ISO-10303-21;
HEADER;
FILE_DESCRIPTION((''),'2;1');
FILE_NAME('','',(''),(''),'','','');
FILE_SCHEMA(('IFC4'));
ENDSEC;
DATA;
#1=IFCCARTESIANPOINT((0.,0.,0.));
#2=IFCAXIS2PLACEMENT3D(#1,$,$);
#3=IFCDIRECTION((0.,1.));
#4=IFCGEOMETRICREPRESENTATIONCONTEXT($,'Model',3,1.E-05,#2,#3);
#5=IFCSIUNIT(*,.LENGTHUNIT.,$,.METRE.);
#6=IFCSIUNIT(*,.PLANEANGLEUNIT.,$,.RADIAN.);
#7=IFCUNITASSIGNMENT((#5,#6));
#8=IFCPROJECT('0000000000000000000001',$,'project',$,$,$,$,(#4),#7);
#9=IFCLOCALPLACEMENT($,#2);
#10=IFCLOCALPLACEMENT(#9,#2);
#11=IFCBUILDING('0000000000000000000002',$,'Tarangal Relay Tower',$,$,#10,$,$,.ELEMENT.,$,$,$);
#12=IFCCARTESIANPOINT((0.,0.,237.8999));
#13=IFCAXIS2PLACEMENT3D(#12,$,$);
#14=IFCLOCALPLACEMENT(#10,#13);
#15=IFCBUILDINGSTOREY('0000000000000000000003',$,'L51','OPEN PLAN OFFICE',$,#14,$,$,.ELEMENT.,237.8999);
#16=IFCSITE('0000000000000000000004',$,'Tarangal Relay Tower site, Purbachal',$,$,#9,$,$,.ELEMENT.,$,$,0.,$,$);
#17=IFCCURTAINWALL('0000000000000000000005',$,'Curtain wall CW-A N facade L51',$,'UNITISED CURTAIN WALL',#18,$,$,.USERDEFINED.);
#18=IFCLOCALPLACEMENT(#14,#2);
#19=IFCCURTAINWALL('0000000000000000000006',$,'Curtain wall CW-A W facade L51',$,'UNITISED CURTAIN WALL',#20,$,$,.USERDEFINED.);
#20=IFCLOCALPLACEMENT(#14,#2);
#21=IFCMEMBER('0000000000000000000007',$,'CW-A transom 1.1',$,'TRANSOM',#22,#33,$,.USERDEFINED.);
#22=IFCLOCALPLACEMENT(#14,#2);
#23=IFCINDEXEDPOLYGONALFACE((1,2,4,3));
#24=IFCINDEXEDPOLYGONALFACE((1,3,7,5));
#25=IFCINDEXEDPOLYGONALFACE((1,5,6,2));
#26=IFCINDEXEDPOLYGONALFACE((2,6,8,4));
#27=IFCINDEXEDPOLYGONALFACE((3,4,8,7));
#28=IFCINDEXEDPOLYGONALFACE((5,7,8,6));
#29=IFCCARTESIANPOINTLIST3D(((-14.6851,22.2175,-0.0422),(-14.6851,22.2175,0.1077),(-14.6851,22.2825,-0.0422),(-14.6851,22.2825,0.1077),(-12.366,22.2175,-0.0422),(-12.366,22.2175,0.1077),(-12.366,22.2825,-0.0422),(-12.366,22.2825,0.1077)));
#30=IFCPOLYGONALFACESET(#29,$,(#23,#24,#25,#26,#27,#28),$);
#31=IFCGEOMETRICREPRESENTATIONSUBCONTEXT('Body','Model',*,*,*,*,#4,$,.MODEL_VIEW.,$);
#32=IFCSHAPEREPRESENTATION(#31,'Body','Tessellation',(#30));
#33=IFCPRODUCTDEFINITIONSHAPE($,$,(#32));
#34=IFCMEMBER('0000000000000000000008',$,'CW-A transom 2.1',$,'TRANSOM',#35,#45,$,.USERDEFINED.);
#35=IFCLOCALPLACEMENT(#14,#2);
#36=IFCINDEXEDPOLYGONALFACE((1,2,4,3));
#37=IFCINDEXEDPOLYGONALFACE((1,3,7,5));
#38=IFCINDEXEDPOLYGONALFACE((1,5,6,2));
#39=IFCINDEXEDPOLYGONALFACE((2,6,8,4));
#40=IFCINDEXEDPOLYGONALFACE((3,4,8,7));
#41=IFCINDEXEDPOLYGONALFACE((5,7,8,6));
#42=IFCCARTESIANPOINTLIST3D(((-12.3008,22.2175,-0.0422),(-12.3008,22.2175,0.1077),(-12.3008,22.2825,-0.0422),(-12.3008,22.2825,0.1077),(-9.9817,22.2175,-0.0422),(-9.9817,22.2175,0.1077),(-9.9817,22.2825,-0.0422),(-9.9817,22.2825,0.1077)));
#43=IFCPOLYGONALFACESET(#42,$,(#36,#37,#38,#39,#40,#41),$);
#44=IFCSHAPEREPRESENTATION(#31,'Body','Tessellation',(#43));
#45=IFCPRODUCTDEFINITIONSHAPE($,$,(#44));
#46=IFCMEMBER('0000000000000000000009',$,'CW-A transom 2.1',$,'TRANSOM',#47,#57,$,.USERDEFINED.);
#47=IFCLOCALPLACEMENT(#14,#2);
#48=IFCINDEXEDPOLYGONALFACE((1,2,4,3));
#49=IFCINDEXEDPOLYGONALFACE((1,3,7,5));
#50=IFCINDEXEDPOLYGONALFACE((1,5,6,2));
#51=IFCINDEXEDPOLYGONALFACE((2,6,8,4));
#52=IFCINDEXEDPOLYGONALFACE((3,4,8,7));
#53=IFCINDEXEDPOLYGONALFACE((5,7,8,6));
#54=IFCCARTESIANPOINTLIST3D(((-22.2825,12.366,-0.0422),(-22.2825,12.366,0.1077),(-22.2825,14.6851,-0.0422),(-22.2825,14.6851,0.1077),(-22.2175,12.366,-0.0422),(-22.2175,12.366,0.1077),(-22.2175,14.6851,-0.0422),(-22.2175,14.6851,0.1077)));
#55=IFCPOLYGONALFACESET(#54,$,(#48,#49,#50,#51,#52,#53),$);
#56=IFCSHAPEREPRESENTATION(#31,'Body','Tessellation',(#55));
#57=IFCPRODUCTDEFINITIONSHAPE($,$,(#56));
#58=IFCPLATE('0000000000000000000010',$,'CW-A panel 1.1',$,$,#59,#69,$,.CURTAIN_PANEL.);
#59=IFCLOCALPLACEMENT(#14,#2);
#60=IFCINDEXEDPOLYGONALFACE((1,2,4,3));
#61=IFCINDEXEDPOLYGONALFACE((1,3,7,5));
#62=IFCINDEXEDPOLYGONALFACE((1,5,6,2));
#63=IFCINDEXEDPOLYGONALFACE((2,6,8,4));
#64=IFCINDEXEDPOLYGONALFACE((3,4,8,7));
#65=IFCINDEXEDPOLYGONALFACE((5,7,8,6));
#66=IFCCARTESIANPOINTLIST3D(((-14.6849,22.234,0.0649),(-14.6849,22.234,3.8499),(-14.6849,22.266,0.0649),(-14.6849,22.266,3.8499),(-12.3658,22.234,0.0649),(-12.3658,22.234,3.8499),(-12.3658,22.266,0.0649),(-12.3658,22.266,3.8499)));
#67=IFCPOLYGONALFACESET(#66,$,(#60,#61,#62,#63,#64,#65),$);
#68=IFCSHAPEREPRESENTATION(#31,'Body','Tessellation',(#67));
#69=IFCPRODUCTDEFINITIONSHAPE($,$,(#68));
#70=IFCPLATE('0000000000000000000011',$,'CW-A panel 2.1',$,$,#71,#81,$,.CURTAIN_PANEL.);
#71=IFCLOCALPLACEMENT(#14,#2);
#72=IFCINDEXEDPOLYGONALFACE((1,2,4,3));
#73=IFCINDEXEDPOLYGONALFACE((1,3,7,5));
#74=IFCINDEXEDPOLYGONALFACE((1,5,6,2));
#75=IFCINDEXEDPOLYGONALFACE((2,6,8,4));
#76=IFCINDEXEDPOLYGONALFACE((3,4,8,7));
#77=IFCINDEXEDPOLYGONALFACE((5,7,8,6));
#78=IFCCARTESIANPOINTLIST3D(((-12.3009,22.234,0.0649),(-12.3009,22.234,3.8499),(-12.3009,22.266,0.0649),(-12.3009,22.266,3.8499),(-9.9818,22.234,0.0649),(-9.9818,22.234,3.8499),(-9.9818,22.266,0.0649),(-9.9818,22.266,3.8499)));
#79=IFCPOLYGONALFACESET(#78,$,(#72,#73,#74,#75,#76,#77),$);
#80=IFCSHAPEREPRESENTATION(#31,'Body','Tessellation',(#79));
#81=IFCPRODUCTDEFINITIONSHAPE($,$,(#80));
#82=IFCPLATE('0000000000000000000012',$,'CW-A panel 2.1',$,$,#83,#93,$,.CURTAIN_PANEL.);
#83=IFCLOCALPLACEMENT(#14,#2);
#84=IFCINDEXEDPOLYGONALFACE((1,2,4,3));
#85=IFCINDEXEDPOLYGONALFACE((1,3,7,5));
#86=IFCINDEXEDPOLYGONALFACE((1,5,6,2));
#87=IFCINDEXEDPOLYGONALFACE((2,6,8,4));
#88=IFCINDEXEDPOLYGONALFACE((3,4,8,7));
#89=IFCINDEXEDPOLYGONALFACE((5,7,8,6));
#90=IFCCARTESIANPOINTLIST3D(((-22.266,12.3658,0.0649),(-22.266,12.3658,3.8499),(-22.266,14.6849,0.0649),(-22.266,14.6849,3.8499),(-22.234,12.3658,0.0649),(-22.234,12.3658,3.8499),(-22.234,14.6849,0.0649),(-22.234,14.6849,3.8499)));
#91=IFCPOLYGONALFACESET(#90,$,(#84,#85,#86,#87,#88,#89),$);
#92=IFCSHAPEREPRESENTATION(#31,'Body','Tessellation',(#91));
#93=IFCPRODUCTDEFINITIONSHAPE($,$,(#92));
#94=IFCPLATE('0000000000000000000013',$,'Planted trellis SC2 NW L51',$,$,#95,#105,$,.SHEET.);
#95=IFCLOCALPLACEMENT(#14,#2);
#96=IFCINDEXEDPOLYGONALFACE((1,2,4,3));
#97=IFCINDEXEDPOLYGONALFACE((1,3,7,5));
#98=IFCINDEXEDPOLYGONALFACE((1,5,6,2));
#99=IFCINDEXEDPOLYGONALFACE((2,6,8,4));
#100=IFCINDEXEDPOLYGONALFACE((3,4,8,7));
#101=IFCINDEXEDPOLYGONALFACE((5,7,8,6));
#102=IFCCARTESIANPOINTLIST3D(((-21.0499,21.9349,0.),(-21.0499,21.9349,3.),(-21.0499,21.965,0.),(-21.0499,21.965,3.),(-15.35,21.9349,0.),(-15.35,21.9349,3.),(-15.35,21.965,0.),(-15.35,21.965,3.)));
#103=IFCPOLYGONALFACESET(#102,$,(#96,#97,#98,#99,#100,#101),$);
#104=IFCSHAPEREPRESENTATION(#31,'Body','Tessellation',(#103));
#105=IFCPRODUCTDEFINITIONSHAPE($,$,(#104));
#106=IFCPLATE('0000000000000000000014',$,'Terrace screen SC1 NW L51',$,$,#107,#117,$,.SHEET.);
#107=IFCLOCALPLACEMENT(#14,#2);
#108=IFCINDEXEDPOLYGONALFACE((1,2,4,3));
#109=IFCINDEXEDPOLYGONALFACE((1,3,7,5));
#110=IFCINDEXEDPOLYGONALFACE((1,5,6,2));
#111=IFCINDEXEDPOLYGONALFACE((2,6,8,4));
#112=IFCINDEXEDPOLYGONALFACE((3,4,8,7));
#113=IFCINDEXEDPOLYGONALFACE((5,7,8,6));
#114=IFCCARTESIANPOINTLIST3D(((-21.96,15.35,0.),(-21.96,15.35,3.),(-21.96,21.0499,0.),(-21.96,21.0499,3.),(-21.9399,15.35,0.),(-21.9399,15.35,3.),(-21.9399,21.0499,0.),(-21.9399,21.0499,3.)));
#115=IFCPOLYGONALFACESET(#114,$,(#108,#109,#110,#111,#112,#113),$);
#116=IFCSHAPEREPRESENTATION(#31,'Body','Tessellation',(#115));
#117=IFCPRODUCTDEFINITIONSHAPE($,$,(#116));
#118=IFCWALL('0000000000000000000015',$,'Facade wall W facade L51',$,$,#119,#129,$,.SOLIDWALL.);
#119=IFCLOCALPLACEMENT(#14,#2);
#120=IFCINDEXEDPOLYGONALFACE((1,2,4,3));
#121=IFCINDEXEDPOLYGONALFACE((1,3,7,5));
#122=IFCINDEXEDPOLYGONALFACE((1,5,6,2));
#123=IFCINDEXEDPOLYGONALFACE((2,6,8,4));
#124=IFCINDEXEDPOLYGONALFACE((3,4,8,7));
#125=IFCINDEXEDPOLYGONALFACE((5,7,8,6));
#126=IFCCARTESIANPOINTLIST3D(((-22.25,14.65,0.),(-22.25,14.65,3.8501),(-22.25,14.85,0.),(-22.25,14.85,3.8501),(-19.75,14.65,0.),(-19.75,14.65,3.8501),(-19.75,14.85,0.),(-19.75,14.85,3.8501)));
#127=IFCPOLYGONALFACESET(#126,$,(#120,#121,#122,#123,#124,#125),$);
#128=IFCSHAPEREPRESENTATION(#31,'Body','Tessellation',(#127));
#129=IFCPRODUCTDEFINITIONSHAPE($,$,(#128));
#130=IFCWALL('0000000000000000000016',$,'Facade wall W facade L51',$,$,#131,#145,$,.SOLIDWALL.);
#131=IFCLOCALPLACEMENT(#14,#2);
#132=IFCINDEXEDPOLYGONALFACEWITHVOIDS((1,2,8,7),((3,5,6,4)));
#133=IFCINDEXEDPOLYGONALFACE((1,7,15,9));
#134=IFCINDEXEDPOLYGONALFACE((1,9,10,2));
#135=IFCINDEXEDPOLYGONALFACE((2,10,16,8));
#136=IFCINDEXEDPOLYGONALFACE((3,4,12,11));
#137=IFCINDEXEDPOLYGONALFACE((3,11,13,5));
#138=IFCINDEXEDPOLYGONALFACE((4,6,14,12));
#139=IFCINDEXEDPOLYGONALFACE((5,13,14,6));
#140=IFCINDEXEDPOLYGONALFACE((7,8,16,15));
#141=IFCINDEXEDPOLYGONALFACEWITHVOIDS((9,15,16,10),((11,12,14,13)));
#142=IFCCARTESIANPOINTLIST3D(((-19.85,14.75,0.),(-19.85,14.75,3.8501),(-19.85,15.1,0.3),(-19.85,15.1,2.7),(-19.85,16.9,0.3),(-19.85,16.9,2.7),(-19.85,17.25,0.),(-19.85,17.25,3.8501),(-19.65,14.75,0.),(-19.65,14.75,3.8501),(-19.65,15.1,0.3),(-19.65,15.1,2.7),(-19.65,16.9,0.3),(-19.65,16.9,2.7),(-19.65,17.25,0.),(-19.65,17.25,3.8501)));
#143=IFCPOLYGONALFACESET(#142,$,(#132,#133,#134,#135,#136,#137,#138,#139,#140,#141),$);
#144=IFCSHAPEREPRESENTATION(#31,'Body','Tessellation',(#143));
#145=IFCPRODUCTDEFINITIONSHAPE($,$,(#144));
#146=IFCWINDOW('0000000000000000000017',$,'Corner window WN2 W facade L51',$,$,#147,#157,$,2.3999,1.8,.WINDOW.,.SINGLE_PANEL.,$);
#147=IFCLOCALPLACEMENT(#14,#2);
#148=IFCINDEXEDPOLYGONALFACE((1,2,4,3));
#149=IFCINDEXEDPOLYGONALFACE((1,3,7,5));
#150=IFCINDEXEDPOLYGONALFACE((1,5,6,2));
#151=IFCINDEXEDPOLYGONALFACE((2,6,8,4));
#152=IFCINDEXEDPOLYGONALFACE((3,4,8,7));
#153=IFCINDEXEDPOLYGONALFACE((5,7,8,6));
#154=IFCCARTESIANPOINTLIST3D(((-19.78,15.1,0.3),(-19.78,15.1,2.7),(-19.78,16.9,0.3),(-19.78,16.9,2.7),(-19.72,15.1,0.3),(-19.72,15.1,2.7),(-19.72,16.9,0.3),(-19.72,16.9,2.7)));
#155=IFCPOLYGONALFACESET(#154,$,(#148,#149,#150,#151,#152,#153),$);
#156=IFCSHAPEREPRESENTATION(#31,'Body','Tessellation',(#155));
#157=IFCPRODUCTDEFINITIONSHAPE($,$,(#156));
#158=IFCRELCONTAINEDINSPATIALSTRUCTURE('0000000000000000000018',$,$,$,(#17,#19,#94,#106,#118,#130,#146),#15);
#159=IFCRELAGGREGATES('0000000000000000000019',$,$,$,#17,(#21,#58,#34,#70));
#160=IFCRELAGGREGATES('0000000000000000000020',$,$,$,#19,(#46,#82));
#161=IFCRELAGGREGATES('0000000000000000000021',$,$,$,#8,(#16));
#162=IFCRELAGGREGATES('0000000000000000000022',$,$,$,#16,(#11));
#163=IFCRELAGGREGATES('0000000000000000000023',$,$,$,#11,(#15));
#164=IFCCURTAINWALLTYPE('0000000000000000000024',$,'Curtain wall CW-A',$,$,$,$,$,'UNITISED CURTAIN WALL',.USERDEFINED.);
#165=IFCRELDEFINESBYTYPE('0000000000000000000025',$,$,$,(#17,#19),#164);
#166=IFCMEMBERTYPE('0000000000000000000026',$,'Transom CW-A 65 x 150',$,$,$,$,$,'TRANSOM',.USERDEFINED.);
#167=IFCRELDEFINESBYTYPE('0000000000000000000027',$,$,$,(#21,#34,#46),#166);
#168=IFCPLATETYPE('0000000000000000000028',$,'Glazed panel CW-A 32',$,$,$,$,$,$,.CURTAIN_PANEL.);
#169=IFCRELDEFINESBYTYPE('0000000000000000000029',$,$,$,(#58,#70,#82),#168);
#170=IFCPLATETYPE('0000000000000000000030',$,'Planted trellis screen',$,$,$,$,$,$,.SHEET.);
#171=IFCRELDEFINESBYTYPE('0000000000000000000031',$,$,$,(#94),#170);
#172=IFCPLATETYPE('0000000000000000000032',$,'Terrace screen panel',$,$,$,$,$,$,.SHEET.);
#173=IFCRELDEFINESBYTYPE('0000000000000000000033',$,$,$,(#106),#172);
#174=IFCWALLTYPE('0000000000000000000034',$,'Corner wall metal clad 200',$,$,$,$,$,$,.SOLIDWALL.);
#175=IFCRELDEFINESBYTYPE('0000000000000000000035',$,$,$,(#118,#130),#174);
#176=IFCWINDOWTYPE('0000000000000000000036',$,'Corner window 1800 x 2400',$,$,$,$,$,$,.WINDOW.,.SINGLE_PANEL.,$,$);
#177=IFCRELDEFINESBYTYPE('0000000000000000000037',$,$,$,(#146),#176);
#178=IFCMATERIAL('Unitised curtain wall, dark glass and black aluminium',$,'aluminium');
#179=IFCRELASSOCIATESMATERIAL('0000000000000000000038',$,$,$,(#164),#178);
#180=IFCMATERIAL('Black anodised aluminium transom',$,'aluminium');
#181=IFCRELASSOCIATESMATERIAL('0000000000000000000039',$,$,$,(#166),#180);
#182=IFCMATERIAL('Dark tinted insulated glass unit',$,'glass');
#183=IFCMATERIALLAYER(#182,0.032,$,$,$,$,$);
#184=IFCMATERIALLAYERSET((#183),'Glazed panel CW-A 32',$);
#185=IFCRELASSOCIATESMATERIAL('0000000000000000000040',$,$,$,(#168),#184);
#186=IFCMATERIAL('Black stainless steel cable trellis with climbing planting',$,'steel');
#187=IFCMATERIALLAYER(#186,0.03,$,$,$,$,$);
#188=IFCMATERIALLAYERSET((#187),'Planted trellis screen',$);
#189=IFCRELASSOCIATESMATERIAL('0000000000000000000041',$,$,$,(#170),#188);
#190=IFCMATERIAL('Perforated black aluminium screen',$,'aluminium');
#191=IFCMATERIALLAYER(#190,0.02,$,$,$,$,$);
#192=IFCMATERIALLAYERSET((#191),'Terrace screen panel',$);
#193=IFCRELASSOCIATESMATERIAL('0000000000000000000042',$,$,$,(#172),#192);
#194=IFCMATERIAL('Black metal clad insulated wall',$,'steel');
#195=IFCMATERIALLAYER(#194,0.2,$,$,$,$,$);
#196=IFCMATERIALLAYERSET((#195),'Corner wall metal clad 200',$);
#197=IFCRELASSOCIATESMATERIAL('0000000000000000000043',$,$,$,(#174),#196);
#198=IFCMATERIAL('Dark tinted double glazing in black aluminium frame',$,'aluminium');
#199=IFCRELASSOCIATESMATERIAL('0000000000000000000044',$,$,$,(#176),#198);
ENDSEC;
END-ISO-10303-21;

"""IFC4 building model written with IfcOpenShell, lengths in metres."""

from ifc_helpers import new_model, si_unit, direction, frame, frame_2d, origin, origin_2d, place, context, subcontext, project, spatial, rectangle, extrude, material, layer, layer_set, material_profile, profile_set, type_object, element, fill, aggregate, save


model = new_model("IFC4")

# Units and contexts
model_context = context("Model", 3, precision=1e-05, world=origin(), true_north=direction((0.0, 1.0)))
body_context = subcontext(model_context, "Body", "Model", "MODEL_VIEW")
ifc_project = project(units=[si_unit("LENGTHUNIT", "METRE"), si_unit("PLANEANGLEUNIT", "RADIAN")], contexts=[model_context])

# Site, building, storey
site_placement = place(None, origin())
site = spatial("IfcSite", under=ifc_project, at=site_placement, Name="Tarangal Relay Tower site, Purbachal", CompositionType="ELEMENT", RefElevation=0.0)
building_placement = place(site_placement, origin())
building = spatial("IfcBuilding", under=site, at=building_placement, Name="Tarangal Relay Tower", CompositionType="ELEMENT")
storey_placement = place(building_placement, frame((0.0, 0.0, 237.8999)))
storey = spatial("IfcBuildingStorey", under=building, at=storey_placement, Name="L51", Description="OPEN PLAN OFFICE", CompositionType="ELEMENT", Elevation=237.8999)

# Curtain walls
ifc_material_1 = material(Name="Unitised curtain wall, dark glass and black aluminium", Category="aluminium")
curtain_wall_type = type_object("IfcCurtainWallType", Name="Curtain wall CW-A", ElementType="UNITISED CURTAIN WALL", PredefinedType="USERDEFINED", material=ifc_material_1)
curtain_wall_1_placement = place(storey_placement, origin())
curtain_wall_1 = element("IfcCurtainWall", 1, at=curtain_wall_1_placement, inside=storey, type_object=curtain_wall_type, Name="Curtain wall CW-A N facade L51", ObjectType="UNITISED CURTAIN WALL", PredefinedType="USERDEFINED")
curtain_wall_2_placement = place(storey_placement, origin())
curtain_wall_2 = element("IfcCurtainWall", 2, at=curtain_wall_2_placement, inside=storey, type_object=curtain_wall_type, Name="Curtain wall CW-A W facade L51", ObjectType="UNITISED CURTAIN WALL", PredefinedType="USERDEFINED")

# Members
ifc_material_2 = material(Name="Black anodised aluminium transom", Category="aluminium")
ifc_material_profile_1 = material_profile(ifc_material_2, rectangle(XDim=0.0649, YDim=0.1499, at=origin_2d()), Name="CW-AT 65X150")
ifc_profile_set_1 = profile_set([ifc_material_profile_1], Name="Black anodised aluminium transom")
member_type_1 = type_object("IfcMemberType", Name="Transom CW-A 65 x 150", ElementType="TRANSOM", PredefinedType="USERDEFINED", material=ifc_profile_set_1)
member_1_placement = place(storey_placement, frame((-14.6851, 22.25, 0.0327), z_axis=(1.0, 0.0, 0.0), x_axis=(0.0, 1.0, 0.0)))
member_1 = element("IfcMember", 3, at=member_1_placement, type_object=member_type_1, Name="CW-A transom 1.1", ObjectType="TRANSOM", PredefinedType="USERDEFINED", context=body_context, shape_type="SweptSolid", body=[
    extrude(rectangle(XDim=0.0649, YDim=0.1499, at=origin_2d()), origin(), (0.0, 0.0, 1.0), 2.3191),
])
member_2_placement = place(storey_placement, frame((-12.3008, 22.25, 0.0327), z_axis=(1.0, 0.0, 0.0), x_axis=(0.0, 1.0, 0.0)))
member_2 = element("IfcMember", 4, at=member_2_placement, type_object=member_type_1, Name="CW-A transom 2.1", ObjectType="TRANSOM", PredefinedType="USERDEFINED", context=body_context, shape_type="SweptSolid", body=[
    extrude(rectangle(XDim=0.0649, YDim=0.1499, at=origin_2d()), origin(), (0.0, 0.0, 1.0), 2.3191),
])
member_3_placement = place(storey_placement, frame((-22.25, 12.366, 0.0327), z_axis=(0.0, 1.0, 0.0), x_axis=(-1.0, 0.0, 0.0)))
member_3 = element("IfcMember", 5, at=member_3_placement, type_object=member_type_1, Name="CW-A transom 2.1", ObjectType="TRANSOM", PredefinedType="USERDEFINED", context=body_context, shape_type="SweptSolid", body=[
    extrude(rectangle(XDim=0.0649, YDim=0.1499, at=origin_2d()), origin(), (0.0, 0.0, 1.0), 2.3191),
])

# Plates
ifc_material_3 = material(Name="Dark tinted insulated glass unit", Category="glass")
ifc_layer_1 = layer(ifc_material_3, 0.032)
ifc_layer_set_1 = layer_set([ifc_layer_1], Name="Glazed panel CW-A 32")
plate_type_1 = type_object("IfcPlateType", Name="Glazed panel CW-A 32", PredefinedType="CURTAIN_PANEL", material=ifc_layer_set_1)
plate_1_placement = place(storey_placement, frame((-13.5254, 22.25, 0.0649), z_axis=(0.0, 0.0, 1.0), x_axis=(1.0, 0.0, 0.0)))
plate_1 = element("IfcPlate", 6, at=plate_1_placement, type_object=plate_type_1, Name="CW-A panel 1.1", PredefinedType="CURTAIN_PANEL", context=body_context, shape_type="SweptSolid", body=[
    extrude(rectangle(XDim=2.3191, YDim=0.032, at=origin_2d()), origin(), (0.0, 0.0, 1.0), 3.7849),
])
plate_2_placement = place(storey_placement, frame((-11.1414, 22.25, 0.0649), z_axis=(0.0, 0.0, 1.0), x_axis=(1.0, 0.0, 0.0)))
plate_2 = element("IfcPlate", 7, at=plate_2_placement, type_object=plate_type_1, Name="CW-A panel 2.1", PredefinedType="CURTAIN_PANEL", context=body_context, shape_type="SweptSolid", body=[
    extrude(rectangle(XDim=2.3191, YDim=0.032, at=origin_2d()), origin(), (0.0, 0.0, 1.0), 3.7849),
])
aggregate(curtain_wall_1, [member_1, plate_1, member_2, plate_2])
plate_3_placement = place(storey_placement, frame((-22.25, 13.5254, 0.0649), z_axis=(0.0, 0.0, 1.0), x_axis=(0.0, 1.0, 0.0)))
plate_3 = element("IfcPlate", 8, at=plate_3_placement, type_object=plate_type_1, Name="CW-A panel 2.1", PredefinedType="CURTAIN_PANEL", context=body_context, shape_type="SweptSolid", body=[
    extrude(rectangle(XDim=2.3191, YDim=0.032, at=origin_2d()), origin(), (0.0, 0.0, 1.0), 3.7849),
])
aggregate(curtain_wall_2, [member_3, plate_3])

# Plates
ifc_material_4 = material(Name="Black stainless steel cable trellis with climbing planting", Category="steel")
ifc_layer_2 = layer(ifc_material_4, 0.03)
ifc_layer_set_2 = layer_set([ifc_layer_2], Name="Planted trellis screen")
plate_type_2 = type_object("IfcPlateType", Name="Planted trellis screen", PredefinedType="SHEET", material=ifc_layer_set_2)
plate_4_placement = place(storey_placement, frame((-18.2, 21.95, 0.0), z_axis=(0.0, 0.0, 1.0), x_axis=(1.0, 0.0, 0.0)))
element("IfcPlate", 9, at=plate_4_placement, inside=storey, type_object=plate_type_2, Name="Planted trellis SC2 NW L51", PredefinedType="SHEET", context=body_context, shape_type="SweptSolid", body=[
    extrude(rectangle(XDim=5.7, YDim=0.03, at=origin_2d()), origin(), (0.0, 0.0, 1.0), 3.0),
])
ifc_material_5 = material(Name="Perforated black aluminium screen", Category="aluminium")
ifc_layer_3 = layer(ifc_material_5, 0.02)
ifc_layer_set_3 = layer_set([ifc_layer_3], Name="Terrace screen panel")
plate_type_3 = type_object("IfcPlateType", Name="Terrace screen panel", PredefinedType="SHEET", material=ifc_layer_set_3)
plate_5_placement = place(storey_placement, frame((-21.95, 18.2, 0.0), z_axis=(0.0, 0.0, 1.0), x_axis=(0.0, 1.0, 0.0)))
element("IfcPlate", 10, at=plate_5_placement, inside=storey, type_object=plate_type_3, Name="Terrace screen SC1 NW L51", PredefinedType="SHEET", context=body_context, shape_type="SweptSolid", body=[
    extrude(rectangle(XDim=5.7, YDim=0.02, at=origin_2d()), origin(), (0.0, 0.0, 1.0), 3.0),
])

# Wall
ifc_material_6 = material(Name="Black metal clad insulated wall", Category="steel")
ifc_layer_4 = layer(ifc_material_6, 0.2)
ifc_layer_set_4 = layer_set([ifc_layer_4], Name="Corner wall metal clad 200")
wall_type_1 = type_object("IfcWallType", Name="Corner wall metal clad 200", PredefinedType="SOLIDWALL", material=ifc_layer_set_4)
wall_1_placement = place(storey_placement, frame((-22.25, 14.75, 0.0), z_axis=(0.0, 0.0, 1.0), x_axis=(1.0, 0.0, 0.0)))
element("IfcWall", 11, at=wall_1_placement, inside=storey, type_object=wall_type_1, Name="Facade wall W facade L51", PredefinedType="SOLIDWALL", context=body_context, shape_type="SweptSolid", body=[
    extrude(rectangle(XDim=2.5, YDim=0.2, at=frame_2d((1.25, 0.0))), origin(), (0.0, 0.0, 1.0), 3.8501),
])

# Wall, opening, window
wall_2_placement = place(storey_placement, frame((-19.75, 14.75, 0.0), z_axis=(0.0, 0.0, 1.0), x_axis=(0.0, 1.0, 0.0)))
wall_2 = element("IfcWall", 12, at=wall_2_placement, inside=storey, type_object=wall_type_1, Name="Facade wall W facade L51", PredefinedType="SOLIDWALL", context=body_context, shape_type="SweptSolid", body=[
    extrude(rectangle(XDim=2.5, YDim=0.2, at=frame_2d((1.25, 0.0))), origin(), (0.0, 0.0, 1.0), 3.8501),
])
opening_1_placement = place(wall_2_placement, frame((0.3501, 0.0, 0.3)))
opening_1 = element("IfcOpeningElement", 13, at=opening_1_placement, cuts=wall_2, PredefinedType="OPENING", context=body_context, shape_type="SweptSolid", body=[
    extrude(rectangle(XDim=1.8, YDim=2.3999, at=frame_2d((0.8999, 1.2))), frame((0.0, 0.1099, 0.0), z_axis=(0.0, -1.0, 0.0), x_axis=(1.0, 0.0, 0.0)), (0.0, 0.0, 1.0), 0.22),
])
ifc_material_7 = material(Name="Dark tinted double glazing in black aluminium frame", Category="aluminium")
window_type = type_object("IfcWindowType", Name="Corner window 1800 x 2400", PartitioningType="SINGLE_PANEL", PredefinedType="WINDOW", material=ifc_material_7)
window_1_placement = place(opening_1_placement, origin())
window_1 = element("IfcWindow", 14, at=window_1_placement, inside=storey, type_object=window_type, Name="Corner window WN2 W facade L51", OverallHeight=2.3999, OverallWidth=1.8, PartitioningType="SINGLE_PANEL", PredefinedType="WINDOW", context=body_context, shape_type="SweptSolid", body=[
    extrude(rectangle(XDim=1.8, YDim=2.3999, at=frame_2d((0.8999, 1.2))), frame((0.0, 0.03, 0.0), z_axis=(0.0, -1.0, 0.0), x_axis=(1.0, 0.0, 0.0)), (0.0, 0.0, 1.0), 0.0601),
])
fill(opening_1, window_1)

save(model, "model.ifc")
